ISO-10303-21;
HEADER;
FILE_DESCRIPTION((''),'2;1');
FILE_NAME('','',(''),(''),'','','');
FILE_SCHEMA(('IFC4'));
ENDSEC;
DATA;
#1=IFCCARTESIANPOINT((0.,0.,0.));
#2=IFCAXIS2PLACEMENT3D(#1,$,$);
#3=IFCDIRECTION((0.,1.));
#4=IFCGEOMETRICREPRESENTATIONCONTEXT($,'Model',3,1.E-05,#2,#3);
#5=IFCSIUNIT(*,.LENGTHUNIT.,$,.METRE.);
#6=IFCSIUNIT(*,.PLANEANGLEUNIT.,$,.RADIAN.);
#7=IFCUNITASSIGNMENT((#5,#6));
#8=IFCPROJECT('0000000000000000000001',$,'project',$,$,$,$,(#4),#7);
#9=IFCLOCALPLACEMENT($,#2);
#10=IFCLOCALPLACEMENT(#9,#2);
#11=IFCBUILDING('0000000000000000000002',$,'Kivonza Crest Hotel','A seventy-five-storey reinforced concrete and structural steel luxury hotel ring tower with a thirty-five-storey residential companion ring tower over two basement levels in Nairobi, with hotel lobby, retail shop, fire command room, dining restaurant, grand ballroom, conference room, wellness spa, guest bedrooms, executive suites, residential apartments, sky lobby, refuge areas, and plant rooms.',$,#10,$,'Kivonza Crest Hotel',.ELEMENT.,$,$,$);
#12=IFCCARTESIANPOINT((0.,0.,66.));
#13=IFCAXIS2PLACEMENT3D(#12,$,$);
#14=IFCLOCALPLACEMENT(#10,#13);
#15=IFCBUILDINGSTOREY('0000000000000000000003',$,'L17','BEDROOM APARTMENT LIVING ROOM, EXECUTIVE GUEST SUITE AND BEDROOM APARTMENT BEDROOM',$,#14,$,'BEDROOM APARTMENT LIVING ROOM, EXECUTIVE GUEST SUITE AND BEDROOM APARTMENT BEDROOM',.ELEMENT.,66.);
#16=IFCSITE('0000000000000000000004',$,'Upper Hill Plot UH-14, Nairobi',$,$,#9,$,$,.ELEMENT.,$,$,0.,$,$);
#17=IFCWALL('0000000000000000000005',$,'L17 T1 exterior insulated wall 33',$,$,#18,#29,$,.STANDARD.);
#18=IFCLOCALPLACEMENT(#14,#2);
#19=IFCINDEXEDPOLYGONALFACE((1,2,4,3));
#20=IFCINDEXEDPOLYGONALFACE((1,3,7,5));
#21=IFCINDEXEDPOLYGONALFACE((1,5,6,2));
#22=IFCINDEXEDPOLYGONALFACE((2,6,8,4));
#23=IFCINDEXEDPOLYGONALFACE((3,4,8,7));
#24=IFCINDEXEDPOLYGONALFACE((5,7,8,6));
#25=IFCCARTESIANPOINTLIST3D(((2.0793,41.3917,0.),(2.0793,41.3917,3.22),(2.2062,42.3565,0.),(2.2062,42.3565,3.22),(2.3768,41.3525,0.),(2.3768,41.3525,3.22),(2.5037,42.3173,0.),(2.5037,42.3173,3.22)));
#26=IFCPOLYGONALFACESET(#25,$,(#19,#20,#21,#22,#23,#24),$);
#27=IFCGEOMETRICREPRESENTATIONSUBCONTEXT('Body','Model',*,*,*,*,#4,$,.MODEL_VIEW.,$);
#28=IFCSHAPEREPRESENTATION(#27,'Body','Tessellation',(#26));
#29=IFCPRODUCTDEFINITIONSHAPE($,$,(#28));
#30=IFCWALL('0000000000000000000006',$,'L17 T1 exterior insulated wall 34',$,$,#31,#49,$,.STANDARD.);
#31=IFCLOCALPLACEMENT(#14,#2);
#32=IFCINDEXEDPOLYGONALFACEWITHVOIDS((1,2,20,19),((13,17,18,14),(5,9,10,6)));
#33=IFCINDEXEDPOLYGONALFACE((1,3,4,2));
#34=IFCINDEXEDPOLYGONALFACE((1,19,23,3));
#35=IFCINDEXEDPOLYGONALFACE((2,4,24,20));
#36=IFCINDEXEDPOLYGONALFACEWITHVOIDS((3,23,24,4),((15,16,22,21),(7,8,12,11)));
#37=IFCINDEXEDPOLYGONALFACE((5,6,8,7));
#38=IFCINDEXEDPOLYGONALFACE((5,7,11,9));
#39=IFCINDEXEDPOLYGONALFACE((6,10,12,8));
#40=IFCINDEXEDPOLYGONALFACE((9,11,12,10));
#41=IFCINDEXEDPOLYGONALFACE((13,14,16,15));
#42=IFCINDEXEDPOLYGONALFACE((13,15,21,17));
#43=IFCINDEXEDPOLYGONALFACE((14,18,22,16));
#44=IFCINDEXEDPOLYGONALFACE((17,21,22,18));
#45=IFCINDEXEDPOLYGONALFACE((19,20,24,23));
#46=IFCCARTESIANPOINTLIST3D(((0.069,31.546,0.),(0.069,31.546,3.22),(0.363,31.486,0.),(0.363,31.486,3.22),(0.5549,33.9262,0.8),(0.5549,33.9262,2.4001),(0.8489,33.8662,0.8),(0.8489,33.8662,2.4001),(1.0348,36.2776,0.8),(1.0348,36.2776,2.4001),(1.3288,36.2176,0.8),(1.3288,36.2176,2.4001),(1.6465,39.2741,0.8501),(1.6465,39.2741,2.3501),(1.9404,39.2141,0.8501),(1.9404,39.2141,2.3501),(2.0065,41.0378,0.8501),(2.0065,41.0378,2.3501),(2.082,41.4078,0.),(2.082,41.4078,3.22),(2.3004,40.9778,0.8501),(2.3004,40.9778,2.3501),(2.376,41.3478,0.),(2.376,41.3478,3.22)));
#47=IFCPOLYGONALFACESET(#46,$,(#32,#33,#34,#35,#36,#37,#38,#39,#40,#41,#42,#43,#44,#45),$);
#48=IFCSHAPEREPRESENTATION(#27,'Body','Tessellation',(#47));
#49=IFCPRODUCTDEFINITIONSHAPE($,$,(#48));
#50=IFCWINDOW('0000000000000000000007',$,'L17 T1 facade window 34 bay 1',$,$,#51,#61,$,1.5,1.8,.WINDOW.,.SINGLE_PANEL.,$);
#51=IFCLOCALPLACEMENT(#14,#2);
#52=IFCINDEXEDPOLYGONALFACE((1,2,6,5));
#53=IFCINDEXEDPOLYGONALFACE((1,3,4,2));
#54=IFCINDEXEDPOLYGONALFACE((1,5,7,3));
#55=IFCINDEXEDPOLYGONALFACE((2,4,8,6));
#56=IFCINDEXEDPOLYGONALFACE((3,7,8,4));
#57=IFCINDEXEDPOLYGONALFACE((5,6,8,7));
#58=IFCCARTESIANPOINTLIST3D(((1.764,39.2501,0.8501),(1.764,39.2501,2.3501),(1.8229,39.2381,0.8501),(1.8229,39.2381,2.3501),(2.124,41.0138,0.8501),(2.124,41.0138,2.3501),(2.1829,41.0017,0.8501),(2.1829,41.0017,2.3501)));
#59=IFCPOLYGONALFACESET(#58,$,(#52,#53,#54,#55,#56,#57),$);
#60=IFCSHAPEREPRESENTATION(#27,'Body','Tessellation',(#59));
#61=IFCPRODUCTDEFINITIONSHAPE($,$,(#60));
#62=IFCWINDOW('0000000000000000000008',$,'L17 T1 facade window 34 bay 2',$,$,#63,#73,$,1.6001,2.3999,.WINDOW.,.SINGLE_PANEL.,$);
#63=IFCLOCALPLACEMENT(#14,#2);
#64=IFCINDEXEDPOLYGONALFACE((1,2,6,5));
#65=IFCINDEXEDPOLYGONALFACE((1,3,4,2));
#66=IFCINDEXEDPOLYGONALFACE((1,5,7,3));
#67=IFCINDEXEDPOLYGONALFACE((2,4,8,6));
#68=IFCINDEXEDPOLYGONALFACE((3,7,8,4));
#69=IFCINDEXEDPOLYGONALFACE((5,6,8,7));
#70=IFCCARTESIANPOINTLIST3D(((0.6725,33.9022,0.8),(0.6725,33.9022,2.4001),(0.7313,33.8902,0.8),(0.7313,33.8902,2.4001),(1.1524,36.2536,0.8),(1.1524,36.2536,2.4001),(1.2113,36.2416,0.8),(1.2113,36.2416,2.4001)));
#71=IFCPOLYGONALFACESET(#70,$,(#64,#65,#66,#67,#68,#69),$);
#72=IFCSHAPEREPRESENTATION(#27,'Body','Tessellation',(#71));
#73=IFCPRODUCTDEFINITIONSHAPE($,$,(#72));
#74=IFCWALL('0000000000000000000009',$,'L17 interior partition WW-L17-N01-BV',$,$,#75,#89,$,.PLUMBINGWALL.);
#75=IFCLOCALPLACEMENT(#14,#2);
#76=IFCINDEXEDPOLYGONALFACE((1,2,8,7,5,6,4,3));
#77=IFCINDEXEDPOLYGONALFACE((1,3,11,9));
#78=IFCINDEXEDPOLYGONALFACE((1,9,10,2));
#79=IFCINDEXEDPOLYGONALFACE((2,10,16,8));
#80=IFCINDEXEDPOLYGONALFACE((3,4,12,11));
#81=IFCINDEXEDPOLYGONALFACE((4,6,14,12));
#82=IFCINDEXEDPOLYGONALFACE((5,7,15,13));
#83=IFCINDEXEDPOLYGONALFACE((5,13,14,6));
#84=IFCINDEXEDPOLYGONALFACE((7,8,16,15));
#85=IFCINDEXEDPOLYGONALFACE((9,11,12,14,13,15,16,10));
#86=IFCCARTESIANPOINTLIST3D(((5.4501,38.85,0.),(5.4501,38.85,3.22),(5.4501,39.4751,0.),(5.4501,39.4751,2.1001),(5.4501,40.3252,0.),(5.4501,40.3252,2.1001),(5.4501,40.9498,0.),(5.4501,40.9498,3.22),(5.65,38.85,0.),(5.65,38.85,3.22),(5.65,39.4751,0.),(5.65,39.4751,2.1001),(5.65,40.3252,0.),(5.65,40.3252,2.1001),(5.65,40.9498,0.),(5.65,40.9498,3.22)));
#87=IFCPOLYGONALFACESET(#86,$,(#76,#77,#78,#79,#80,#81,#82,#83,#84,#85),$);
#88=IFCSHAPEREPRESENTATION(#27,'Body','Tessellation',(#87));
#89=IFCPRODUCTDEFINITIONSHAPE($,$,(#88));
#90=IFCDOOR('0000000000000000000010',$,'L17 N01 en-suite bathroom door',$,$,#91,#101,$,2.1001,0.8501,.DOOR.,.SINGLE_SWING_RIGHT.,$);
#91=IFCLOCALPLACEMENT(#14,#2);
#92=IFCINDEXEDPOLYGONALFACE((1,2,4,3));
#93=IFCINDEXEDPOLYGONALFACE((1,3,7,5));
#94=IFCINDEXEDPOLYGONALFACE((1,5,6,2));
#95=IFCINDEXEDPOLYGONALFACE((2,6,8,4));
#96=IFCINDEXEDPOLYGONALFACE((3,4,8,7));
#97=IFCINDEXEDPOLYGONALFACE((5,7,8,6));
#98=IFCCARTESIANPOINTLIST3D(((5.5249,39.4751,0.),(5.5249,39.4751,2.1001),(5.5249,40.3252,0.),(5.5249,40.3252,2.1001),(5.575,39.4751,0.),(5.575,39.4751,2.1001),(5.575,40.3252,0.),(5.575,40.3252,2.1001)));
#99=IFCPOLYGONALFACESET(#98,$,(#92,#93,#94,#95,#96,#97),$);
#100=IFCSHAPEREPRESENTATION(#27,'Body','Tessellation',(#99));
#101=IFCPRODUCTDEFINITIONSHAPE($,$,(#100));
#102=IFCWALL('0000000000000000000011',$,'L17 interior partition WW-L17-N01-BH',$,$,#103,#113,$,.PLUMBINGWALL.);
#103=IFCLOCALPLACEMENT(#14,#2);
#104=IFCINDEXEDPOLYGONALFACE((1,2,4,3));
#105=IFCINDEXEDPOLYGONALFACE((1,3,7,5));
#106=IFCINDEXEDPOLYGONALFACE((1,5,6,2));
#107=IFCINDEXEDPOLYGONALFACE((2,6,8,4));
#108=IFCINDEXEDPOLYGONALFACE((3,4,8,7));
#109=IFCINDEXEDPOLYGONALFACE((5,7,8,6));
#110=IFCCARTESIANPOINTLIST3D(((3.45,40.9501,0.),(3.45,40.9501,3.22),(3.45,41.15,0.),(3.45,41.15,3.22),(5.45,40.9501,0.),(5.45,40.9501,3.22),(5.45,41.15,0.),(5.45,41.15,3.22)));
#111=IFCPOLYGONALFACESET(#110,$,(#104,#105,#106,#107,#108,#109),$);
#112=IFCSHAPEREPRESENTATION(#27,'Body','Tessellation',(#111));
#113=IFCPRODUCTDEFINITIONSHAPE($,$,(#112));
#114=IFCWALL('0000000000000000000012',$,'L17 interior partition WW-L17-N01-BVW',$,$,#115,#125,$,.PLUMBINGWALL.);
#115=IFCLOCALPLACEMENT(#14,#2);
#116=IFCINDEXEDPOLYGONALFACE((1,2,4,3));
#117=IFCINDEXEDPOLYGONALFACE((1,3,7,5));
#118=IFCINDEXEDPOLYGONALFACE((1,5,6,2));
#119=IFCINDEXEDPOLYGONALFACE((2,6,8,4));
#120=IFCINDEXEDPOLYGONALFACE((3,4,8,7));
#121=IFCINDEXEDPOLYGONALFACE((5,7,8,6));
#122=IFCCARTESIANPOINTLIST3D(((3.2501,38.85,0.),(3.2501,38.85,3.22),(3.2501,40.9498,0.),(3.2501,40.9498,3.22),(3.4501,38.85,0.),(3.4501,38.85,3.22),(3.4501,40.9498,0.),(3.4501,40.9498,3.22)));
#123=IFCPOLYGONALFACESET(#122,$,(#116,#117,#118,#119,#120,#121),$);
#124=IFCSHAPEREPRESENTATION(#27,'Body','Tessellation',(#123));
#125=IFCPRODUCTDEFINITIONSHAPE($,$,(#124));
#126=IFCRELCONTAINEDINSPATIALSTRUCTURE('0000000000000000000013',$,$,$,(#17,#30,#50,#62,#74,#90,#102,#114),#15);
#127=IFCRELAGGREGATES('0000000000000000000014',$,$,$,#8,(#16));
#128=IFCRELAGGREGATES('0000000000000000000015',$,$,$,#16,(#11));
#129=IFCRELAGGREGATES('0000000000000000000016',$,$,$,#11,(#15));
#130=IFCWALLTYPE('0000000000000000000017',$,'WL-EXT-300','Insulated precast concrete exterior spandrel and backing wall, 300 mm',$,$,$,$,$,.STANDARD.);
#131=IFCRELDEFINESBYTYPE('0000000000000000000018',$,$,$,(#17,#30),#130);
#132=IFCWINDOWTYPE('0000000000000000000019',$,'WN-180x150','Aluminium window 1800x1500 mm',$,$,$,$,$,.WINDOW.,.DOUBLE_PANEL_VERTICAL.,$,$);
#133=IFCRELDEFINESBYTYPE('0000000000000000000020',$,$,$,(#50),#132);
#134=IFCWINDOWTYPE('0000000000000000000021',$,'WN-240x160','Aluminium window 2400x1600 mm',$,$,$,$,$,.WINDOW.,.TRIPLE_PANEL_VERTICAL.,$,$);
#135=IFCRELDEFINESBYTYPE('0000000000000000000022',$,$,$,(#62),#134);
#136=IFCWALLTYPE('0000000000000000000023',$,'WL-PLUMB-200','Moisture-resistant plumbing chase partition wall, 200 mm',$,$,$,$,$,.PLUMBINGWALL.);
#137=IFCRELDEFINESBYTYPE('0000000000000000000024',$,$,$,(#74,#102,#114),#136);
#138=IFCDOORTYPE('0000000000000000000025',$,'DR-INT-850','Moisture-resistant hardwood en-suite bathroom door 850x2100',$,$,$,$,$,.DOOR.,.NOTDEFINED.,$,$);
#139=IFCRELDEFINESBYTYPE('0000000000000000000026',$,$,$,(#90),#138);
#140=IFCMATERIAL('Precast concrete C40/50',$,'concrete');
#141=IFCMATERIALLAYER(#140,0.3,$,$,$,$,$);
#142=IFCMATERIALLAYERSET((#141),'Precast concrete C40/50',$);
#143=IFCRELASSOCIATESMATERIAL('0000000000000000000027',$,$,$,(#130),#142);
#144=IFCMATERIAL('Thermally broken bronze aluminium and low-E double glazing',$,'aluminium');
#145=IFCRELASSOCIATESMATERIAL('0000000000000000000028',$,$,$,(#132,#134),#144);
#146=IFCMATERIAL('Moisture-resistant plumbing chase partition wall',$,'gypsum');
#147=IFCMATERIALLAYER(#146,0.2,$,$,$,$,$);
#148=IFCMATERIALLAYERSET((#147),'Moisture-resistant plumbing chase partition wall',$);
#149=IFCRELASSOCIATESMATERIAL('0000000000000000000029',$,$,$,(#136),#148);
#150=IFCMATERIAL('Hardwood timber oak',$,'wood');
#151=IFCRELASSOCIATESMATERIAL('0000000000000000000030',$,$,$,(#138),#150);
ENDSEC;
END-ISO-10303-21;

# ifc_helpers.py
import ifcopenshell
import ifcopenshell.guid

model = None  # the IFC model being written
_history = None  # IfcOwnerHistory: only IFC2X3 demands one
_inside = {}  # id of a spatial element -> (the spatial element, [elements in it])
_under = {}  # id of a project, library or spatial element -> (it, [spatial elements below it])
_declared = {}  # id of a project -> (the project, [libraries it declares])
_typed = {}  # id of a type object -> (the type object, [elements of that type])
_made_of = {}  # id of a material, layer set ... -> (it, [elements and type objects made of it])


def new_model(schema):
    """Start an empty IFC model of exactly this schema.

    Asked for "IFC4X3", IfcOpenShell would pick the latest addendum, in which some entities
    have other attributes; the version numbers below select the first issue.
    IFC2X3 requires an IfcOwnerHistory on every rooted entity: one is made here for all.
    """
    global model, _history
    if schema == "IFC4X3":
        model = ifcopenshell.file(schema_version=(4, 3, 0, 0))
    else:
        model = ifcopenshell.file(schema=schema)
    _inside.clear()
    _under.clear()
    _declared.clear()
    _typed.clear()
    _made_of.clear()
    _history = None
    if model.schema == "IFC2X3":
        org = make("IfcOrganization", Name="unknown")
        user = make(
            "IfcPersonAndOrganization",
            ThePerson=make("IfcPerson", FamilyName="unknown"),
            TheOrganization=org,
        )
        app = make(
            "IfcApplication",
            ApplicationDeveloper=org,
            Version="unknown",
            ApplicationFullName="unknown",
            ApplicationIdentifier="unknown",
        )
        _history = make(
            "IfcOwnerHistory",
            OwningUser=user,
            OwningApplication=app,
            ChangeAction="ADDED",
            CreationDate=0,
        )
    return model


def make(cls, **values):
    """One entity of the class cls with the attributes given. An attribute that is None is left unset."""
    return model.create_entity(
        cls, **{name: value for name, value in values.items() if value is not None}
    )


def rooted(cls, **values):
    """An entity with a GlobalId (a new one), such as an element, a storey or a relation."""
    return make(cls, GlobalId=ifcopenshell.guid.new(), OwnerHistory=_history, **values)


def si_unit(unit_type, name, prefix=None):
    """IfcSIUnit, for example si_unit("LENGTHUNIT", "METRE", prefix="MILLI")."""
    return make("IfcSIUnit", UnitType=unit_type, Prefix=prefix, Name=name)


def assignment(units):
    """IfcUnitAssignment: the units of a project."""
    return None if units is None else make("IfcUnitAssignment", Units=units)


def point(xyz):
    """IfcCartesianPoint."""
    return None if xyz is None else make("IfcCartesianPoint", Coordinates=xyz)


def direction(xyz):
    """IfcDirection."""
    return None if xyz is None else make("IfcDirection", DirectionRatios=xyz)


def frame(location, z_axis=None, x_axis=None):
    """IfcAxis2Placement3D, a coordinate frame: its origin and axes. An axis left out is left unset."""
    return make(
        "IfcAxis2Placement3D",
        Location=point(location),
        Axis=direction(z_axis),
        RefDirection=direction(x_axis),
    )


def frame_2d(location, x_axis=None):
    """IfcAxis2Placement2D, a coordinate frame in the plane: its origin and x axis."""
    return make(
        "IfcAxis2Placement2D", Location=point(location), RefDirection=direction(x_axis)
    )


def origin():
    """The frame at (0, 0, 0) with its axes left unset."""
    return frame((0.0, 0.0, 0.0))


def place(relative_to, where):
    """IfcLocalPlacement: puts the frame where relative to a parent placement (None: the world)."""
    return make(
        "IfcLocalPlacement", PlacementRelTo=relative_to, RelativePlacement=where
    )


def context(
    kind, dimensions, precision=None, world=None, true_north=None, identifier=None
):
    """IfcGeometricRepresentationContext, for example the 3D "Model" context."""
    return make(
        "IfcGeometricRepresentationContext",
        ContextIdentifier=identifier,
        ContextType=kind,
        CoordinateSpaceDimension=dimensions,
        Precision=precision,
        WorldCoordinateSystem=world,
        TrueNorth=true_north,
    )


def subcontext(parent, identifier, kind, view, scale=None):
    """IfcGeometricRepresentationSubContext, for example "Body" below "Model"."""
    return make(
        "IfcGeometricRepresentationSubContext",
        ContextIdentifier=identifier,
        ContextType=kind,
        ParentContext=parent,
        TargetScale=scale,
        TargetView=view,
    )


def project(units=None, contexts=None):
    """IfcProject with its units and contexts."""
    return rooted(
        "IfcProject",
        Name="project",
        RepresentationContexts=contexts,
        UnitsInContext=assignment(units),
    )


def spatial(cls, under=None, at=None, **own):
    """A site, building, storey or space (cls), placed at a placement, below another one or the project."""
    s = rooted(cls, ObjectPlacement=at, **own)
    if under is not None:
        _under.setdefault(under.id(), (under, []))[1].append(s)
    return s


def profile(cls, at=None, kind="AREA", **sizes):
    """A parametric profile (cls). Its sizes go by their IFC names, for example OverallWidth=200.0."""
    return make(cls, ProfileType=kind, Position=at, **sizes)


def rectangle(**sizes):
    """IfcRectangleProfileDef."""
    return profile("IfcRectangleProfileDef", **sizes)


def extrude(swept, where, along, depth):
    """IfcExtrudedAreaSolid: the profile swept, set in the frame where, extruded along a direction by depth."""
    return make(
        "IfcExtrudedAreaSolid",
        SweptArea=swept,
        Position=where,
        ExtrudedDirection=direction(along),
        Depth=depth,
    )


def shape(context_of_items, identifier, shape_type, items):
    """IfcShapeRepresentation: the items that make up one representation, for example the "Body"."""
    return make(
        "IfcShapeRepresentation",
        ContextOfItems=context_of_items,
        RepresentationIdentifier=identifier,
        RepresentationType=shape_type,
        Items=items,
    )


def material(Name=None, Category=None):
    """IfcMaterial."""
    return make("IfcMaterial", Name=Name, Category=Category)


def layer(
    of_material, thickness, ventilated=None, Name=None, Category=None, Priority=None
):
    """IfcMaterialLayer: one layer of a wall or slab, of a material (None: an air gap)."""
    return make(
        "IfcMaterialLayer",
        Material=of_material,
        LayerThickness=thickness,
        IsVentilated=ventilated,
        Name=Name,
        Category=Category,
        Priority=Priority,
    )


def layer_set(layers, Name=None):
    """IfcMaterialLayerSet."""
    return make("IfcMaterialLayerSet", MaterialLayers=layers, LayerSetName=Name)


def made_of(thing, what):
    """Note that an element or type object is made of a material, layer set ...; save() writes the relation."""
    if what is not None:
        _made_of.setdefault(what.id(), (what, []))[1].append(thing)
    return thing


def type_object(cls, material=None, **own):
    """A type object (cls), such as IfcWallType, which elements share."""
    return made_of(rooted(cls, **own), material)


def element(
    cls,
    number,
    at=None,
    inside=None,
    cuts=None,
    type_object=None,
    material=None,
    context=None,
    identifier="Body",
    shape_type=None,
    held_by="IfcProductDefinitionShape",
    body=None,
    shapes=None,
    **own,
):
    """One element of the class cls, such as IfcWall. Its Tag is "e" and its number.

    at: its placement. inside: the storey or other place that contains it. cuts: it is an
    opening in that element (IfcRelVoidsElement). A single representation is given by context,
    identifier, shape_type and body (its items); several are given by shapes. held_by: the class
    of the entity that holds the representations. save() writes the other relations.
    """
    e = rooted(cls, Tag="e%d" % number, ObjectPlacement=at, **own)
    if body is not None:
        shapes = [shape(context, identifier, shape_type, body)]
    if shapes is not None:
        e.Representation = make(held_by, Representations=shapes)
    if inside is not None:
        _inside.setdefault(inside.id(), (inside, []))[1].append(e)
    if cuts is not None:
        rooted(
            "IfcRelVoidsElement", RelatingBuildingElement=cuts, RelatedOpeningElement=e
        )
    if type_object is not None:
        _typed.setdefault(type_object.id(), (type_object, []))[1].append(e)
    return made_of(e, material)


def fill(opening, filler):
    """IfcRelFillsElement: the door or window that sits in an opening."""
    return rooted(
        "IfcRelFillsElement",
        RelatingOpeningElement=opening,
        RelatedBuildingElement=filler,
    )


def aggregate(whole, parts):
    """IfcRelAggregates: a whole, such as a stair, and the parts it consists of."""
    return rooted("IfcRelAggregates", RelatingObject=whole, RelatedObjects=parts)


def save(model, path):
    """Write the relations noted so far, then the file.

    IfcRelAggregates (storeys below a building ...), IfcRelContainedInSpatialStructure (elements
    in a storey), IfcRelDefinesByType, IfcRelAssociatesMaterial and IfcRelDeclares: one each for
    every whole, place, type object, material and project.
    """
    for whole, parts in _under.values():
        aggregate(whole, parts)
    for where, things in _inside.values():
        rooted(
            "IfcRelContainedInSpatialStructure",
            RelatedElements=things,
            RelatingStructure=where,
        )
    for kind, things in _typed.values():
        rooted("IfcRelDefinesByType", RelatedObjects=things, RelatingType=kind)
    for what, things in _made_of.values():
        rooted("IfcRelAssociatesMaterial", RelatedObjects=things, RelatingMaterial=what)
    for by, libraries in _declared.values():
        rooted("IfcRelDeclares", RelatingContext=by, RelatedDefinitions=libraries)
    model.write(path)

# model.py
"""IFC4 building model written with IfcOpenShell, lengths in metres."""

from ifc_helpers import new_model, si_unit, direction, frame, frame_2d, origin, place, context, subcontext, project, spatial, rectangle, extrude, material, layer, layer_set, type_object, element, fill, save


model = new_model("IFC4")

# Units and contexts
model_context = context("Model", 3, precision=1e-05, world=origin(), true_north=direction((0.0, 1.0)))
body_context = subcontext(model_context, "Body", "Model", "MODEL_VIEW")
ifc_project = project(units=[si_unit("LENGTHUNIT", "METRE"), si_unit("PLANEANGLEUNIT", "RADIAN")], contexts=[model_context])

# Site, building, storey
site_placement = place(None, origin())
site = spatial("IfcSite", under=ifc_project, at=site_placement, Name="Upper Hill Plot UH-14, Nairobi", CompositionType="ELEMENT", RefElevation=0.0)
building_placement = place(site_placement, origin())
building = spatial("IfcBuilding", under=site, at=building_placement, Name="Kivonza Crest Hotel", Description="A seventy-five-storey reinforced concrete and structural steel luxury hotel ring tower with a thirty-five-storey residential companion ring tower over two basement levels in Nairobi, with hotel lobby, retail shop, fire command room, dining restaurant, grand ballroom, conference room, wellness spa, guest bedrooms, executive suites, residential apartments, sky lobby, refuge areas, and plant rooms.", LongName="Kivonza Crest Hotel", CompositionType="ELEMENT")
storey_placement = place(building_placement, frame((0.0, 0.0, 66.0)))
storey = spatial("IfcBuildingStorey", under=building, at=storey_placement, Name="L17", Description="BEDROOM APARTMENT LIVING ROOM, EXECUTIVE GUEST SUITE AND BEDROOM APARTMENT BEDROOM", LongName="BEDROOM APARTMENT LIVING ROOM, EXECUTIVE GUEST SUITE AND BEDROOM APARTMENT BEDROOM", CompositionType="ELEMENT", Elevation=66.0)

# Shared definitions
ifc_material_1 = material(Name="Hardwood timber oak", Category="wood")

# Wall
ifc_material_2 = material(Name="Precast concrete C40/50", Category="concrete")
ifc_layer_1 = layer(ifc_material_2, 0.3)
ifc_layer_set_1 = layer_set([ifc_layer_1], Name="Precast concrete C40/50")
wall_type_1 = type_object("IfcWallType", Name="WL-EXT-300", Description="Insulated precast concrete exterior spandrel and backing wall, 300 mm", PredefinedType="STANDARD", material=ifc_layer_set_1)
wall_1_placement = place(storey_placement, frame((2.355, 42.3369, 0.0), z_axis=(0.0, 0.0, 1.0), x_axis=(-0.130455, -0.991454, 0.0)))
element("IfcWall", 1, at=wall_1_placement, inside=storey, type_object=wall_type_1, Name="L17 T1 exterior insulated wall 33", PredefinedType="STANDARD", context=body_context, shape_type="SweptSolid", body=[
    extrude(rectangle(XDim=0.9731, YDim=0.3, at=frame_2d((0.4866, 0.0))), origin(), (0.0, 0.0, 1.0), 3.22),
])

# Wall, openings, windows
wall_2_placement = place(storey_placement, frame((2.229, 41.3779, 0.0), z_axis=(0.0, 0.0, 1.0), x_axis=(-0.199991, -0.979798, 0.0)))
wall_2 = element("IfcWall", 2, at=wall_2_placement, inside=storey, type_object=wall_type_1, Name="L17 T1 exterior insulated wall 34", PredefinedType="STANDARD", context=body_context, shape_type="SweptSolid", body=[
    extrude(rectangle(XDim=10.0652, YDim=0.3, at=frame_2d((5.0327, 0.0))), origin(), (0.0, 0.0, 1.0), 3.22),
])
opening_1_placement = place(wall_2_placement, frame((0.3779, 0.0, 0.8501)))
opening_1 = element("IfcOpeningElement", 3, at=opening_1_placement, cuts=wall_2, PredefinedType="OPENING", context=body_context, shape_type="SweptSolid", body=[
    extrude(rectangle(XDim=1.8, YDim=1.5, at=frame_2d((0.8999, 0.75))), frame((0.0, 0.1602, 0.0), z_axis=(0.0, -1.0, 0.0), x_axis=(1.0, 0.0, 0.0)), (0.0, 0.0, 1.0), 0.3201),
])
opening_2_placement = place(wall_2_placement, frame((5.2361, 0.0, 0.8)))
opening_2 = element("IfcOpeningElement", 4, at=opening_2_placement, cuts=wall_2, PredefinedType="OPENING", context=body_context, shape_type="SweptSolid", body=[
    extrude(rectangle(XDim=2.3999, YDim=1.6001, at=frame_2d((1.2, 0.8))), frame((0.0, 0.1602, 0.0), z_axis=(0.0, -1.0, 0.0), x_axis=(1.0, 0.0, 0.0)), (0.0, 0.0, 1.0), 0.3201),
])
ifc_material_3 = material(Name="Thermally broken bronze aluminium and low-E double glazing", Category="aluminium")
window_type_1 = type_object("IfcWindowType", Name="WN-180x150", Description="Aluminium window 1800x1500 mm", PartitioningType="DOUBLE_PANEL_VERTICAL", PredefinedType="WINDOW", material=ifc_material_3)
window_1_placement = place(opening_1_placement, origin())
window_1 = element("IfcWindow", 5, at=window_1_placement, inside=storey, type_object=window_type_1, Name="L17 T1 facade window 34 bay 1", OverallHeight=1.5, OverallWidth=1.8, PartitioningType="SINGLE_PANEL", PredefinedType="WINDOW", context=body_context, shape_type="SweptSolid", body=[
    extrude(rectangle(XDim=1.8, YDim=1.5, at=frame_2d((0.8999, 0.75))), frame((0.0, 0.03, 0.0), z_axis=(0.0, -1.0, 0.0), x_axis=(1.0, 0.0, 0.0)), (0.0, 0.0, 1.0), 0.0601),
])
fill(opening_1, window_1)
window_type_2 = type_object("IfcWindowType", Name="WN-240x160", Description="Aluminium window 2400x1600 mm", PartitioningType="TRIPLE_PANEL_VERTICAL", PredefinedType="WINDOW", material=ifc_material_3)
window_2_placement = place(opening_2_placement, origin())
window_2 = element("IfcWindow", 6, at=window_2_placement, inside=storey, type_object=window_type_2, Name="L17 T1 facade window 34 bay 2", OverallHeight=1.6001, OverallWidth=2.3999, PartitioningType="SINGLE_PANEL", PredefinedType="WINDOW", context=body_context, shape_type="SweptSolid", body=[
    extrude(rectangle(XDim=2.3999, YDim=1.6001, at=frame_2d((1.2, 0.8))), frame((0.0, 0.03, 0.0), z_axis=(0.0, -1.0, 0.0), x_axis=(1.0, 0.0, 0.0)), (0.0, 0.0, 1.0), 0.0601),
])
fill(opening_2, window_2)

# Wall, opening, door
ifc_material_4 = material(Name="Moisture-resistant plumbing chase partition wall", Category="gypsum")
ifc_layer_2 = layer(ifc_material_4, 0.2)
ifc_layer_set_2 = layer_set([ifc_layer_2], Name="Moisture-resistant plumbing chase partition wall")
wall_type_2 = type_object("IfcWallType", Name="WL-PLUMB-200", Description="Moisture-resistant plumbing chase partition wall, 200 mm", PredefinedType="PLUMBINGWALL", material=ifc_layer_set_2)
wall_3_placement = place(storey_placement, frame((5.55, 38.8501, 0.0), z_axis=(0.0, 0.0, 1.0), x_axis=(0.0, 1.0, 0.0)))
wall_3 = element("IfcWall", 7, at=wall_3_placement, inside=storey, type_object=wall_type_2, Name="L17 interior partition WW-L17-N01-BV", PredefinedType="PLUMBINGWALL", context=body_context, shape_type="SweptSolid", body=[
    extrude(rectangle(XDim=2.0999, YDim=0.2, at=frame_2d((1.0498, 0.0))), origin(), (0.0, 0.0, 1.0), 3.22),
])
opening_3_placement = place(wall_3_placement, frame((0.625, 0.0, 0.0)))
opening_3 = element("IfcOpeningElement", 8, at=opening_3_placement, cuts=wall_3, PredefinedType="OPENING", context=body_context, shape_type="SweptSolid", body=[
    extrude(rectangle(XDim=0.8501, YDim=2.1001, at=frame_2d((0.425, 1.05))), frame((0.0, 0.1099, 0.0), z_axis=(0.0, -1.0, 0.0), x_axis=(1.0, 0.0, 0.0)), (0.0, 0.0, 1.0), 0.22),
])
door_type_1 = type_object("IfcDoorType", Name="DR-INT-850", Description="Moisture-resistant hardwood en-suite bathroom door 850x2100", OperationType="NOTDEFINED", PredefinedType="DOOR", material=ifc_material_1)
door_1_placement = place(opening_3_placement, frame((0.8501, 0.0, 0.0), z_axis=(0.0, 0.0, 1.0), x_axis=(-1.0, 0.0, 0.0)))
door_1 = element("IfcDoor", 9, at=door_1_placement, inside=storey, type_object=door_type_1, Name="L17 N01 en-suite bathroom door", OperationType="SINGLE_SWING_RIGHT", OverallHeight=2.1001, OverallWidth=0.8501, PredefinedType="DOOR", context=body_context, shape_type="SweptSolid", body=[
    extrude(rectangle(XDim=0.8501, YDim=2.1001, at=frame_2d((0.425, 1.05))), frame((0.0, 0.0249, 0.0), z_axis=(0.0, -1.0, 0.0), x_axis=(1.0, 0.0, 0.0)), (0.0, 0.0, 1.0), 0.05),
])
fill(opening_3, door_1)

# Walls
wall_4_placement = place(storey_placement, frame((3.45, 41.05, 0.0), z_axis=(0.0, 0.0, 1.0), x_axis=(1.0, 0.0, 0.0)))
element("IfcWall", 10, at=wall_4_placement, inside=storey, type_object=wall_type_2, Name="L17 interior partition WW-L17-N01-BH", PredefinedType="PLUMBINGWALL", context=body_context, shape_type="SweptSolid", body=[
    extrude(rectangle(XDim=2.0, YDim=0.2, at=frame_2d((1.0, 0.0))), origin(), (0.0, 0.0, 1.0), 3.22),
])
wall_5_placement = place(storey_placement, frame((3.3501, 38.8501, 0.0), z_axis=(0.0, 0.0, 1.0), x_axis=(0.0, 1.0, 0.0)))
element("IfcWall", 11, at=wall_5_placement, inside=storey, type_object=wall_type_2, Name="L17 interior partition WW-L17-N01-BVW", PredefinedType="PLUMBINGWALL", context=body_context, shape_type="SweptSolid", body=[
    extrude(rectangle(XDim=2.0999, YDim=0.2, at=frame_2d((1.0498, 0.0))), origin(), (0.0, 0.0, 1.0), 3.22),
])

save(model, "model.ifc")
